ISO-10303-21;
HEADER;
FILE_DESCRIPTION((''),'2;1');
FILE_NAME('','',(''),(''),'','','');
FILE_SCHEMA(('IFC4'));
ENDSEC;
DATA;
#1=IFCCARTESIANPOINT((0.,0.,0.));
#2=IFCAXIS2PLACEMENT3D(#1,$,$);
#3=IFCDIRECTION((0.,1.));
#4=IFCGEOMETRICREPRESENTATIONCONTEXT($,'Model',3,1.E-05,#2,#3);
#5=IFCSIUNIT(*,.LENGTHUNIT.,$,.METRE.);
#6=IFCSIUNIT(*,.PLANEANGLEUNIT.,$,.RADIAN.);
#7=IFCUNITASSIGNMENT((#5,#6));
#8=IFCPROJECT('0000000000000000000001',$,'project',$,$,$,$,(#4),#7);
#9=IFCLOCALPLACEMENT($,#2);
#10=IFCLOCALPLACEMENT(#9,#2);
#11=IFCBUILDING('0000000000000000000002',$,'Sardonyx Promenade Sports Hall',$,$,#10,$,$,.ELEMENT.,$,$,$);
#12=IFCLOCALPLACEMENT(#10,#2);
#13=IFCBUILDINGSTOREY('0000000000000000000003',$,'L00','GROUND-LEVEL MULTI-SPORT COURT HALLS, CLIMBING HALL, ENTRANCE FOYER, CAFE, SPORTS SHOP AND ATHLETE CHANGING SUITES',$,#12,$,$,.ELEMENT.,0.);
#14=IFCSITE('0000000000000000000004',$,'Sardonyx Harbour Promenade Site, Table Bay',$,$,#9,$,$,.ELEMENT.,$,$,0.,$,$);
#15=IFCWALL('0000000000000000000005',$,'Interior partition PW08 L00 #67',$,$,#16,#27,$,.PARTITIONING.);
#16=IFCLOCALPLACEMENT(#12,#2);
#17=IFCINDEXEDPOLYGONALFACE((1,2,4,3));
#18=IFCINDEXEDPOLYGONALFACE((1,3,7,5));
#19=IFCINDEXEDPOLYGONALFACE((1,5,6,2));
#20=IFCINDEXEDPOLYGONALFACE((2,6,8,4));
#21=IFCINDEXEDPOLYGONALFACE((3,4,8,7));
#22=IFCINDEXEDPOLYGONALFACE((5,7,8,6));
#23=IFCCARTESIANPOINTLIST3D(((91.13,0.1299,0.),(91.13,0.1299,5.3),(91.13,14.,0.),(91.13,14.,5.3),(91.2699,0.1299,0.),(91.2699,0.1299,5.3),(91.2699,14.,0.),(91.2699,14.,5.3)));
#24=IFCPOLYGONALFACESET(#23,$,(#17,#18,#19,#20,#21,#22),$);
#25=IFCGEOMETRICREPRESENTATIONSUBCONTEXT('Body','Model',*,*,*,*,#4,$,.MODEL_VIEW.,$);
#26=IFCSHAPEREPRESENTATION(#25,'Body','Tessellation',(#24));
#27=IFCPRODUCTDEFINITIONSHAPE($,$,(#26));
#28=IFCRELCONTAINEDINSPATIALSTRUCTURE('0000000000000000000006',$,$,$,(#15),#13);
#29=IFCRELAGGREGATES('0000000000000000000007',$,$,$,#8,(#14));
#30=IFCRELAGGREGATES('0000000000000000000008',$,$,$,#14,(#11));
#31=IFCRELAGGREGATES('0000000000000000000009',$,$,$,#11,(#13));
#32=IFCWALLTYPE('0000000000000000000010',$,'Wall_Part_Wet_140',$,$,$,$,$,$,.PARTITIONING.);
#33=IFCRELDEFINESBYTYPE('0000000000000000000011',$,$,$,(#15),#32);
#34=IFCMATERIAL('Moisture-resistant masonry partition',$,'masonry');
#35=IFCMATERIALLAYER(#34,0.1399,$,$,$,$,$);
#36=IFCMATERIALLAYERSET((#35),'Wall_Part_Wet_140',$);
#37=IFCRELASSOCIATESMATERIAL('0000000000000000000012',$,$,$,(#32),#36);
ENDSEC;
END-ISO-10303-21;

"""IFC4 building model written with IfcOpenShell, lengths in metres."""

from ifc_helpers import new_model, si_unit, direction, frame, frame_2d, origin, place, context, subcontext, project, spatial, rectangle, extrude, material, layer, layer_set, type_object, element, save


model = new_model("IFC4")

# Units and contexts
model_context = context("Model", 3, precision=1e-05, world=origin(), true_north=direction((0.0, 1.0)))
body_context = subcontext(model_context, "Body", "Model", "MODEL_VIEW")
ifc_project = project(units=[si_unit("LENGTHUNIT", "METRE"), si_unit("PLANEANGLEUNIT", "RADIAN")], contexts=[model_context])

# Site, building, storey
site_placement = place(None, origin())
site = spatial("IfcSite", under=ifc_project, at=site_placement, Name="Sardonyx Harbour Promenade Site, Table Bay", CompositionType="ELEMENT", RefElevation=0.0)
building_placement = place(site_placement, origin())
building = spatial("IfcBuilding", under=site, at=building_placement, Name="Sardonyx Promenade Sports Hall", CompositionType="ELEMENT")
storey_placement = place(building_placement, origin())
storey = spatial("IfcBuildingStorey", under=building, at=storey_placement, Name="L00", Description="GROUND-LEVEL MULTI-SPORT COURT HALLS, CLIMBING HALL, ENTRANCE FOYER, CAFE, SPORTS SHOP AND ATHLETE CHANGING SUITES", CompositionType="ELEMENT", Elevation=0.0)

# Wall
ifc_material_1 = material(Name="Moisture-resistant masonry partition", Category="masonry")
ifc_layer_1 = layer(ifc_material_1, 0.1399)
ifc_layer_set_1 = layer_set([ifc_layer_1], Name="Wall_Part_Wet_140")
wall_type_1 = type_object("IfcWallType", Name="Wall_Part_Wet_140", PredefinedType="PARTITIONING", material=ifc_layer_set_1)
wall_1_placement = place(storey_placement, frame((91.2, 0.1299, 0.0), z_axis=(0.0, 0.0, 1.0), x_axis=(0.0, 1.0, 0.0)))
element("IfcWall", 1, at=wall_1_placement, inside=storey, type_object=wall_type_1, Name="Interior partition PW08 L00 #67", PredefinedType="PARTITIONING", context=body_context, shape_type="SweptSolid", body=[
    extrude(rectangle(XDim=13.8701, YDim=0.1399, at=frame_2d((6.9351, 0.0))), origin(), (0.0, 0.0, 1.0), 5.3),
])

save(model, "model.ifc")
